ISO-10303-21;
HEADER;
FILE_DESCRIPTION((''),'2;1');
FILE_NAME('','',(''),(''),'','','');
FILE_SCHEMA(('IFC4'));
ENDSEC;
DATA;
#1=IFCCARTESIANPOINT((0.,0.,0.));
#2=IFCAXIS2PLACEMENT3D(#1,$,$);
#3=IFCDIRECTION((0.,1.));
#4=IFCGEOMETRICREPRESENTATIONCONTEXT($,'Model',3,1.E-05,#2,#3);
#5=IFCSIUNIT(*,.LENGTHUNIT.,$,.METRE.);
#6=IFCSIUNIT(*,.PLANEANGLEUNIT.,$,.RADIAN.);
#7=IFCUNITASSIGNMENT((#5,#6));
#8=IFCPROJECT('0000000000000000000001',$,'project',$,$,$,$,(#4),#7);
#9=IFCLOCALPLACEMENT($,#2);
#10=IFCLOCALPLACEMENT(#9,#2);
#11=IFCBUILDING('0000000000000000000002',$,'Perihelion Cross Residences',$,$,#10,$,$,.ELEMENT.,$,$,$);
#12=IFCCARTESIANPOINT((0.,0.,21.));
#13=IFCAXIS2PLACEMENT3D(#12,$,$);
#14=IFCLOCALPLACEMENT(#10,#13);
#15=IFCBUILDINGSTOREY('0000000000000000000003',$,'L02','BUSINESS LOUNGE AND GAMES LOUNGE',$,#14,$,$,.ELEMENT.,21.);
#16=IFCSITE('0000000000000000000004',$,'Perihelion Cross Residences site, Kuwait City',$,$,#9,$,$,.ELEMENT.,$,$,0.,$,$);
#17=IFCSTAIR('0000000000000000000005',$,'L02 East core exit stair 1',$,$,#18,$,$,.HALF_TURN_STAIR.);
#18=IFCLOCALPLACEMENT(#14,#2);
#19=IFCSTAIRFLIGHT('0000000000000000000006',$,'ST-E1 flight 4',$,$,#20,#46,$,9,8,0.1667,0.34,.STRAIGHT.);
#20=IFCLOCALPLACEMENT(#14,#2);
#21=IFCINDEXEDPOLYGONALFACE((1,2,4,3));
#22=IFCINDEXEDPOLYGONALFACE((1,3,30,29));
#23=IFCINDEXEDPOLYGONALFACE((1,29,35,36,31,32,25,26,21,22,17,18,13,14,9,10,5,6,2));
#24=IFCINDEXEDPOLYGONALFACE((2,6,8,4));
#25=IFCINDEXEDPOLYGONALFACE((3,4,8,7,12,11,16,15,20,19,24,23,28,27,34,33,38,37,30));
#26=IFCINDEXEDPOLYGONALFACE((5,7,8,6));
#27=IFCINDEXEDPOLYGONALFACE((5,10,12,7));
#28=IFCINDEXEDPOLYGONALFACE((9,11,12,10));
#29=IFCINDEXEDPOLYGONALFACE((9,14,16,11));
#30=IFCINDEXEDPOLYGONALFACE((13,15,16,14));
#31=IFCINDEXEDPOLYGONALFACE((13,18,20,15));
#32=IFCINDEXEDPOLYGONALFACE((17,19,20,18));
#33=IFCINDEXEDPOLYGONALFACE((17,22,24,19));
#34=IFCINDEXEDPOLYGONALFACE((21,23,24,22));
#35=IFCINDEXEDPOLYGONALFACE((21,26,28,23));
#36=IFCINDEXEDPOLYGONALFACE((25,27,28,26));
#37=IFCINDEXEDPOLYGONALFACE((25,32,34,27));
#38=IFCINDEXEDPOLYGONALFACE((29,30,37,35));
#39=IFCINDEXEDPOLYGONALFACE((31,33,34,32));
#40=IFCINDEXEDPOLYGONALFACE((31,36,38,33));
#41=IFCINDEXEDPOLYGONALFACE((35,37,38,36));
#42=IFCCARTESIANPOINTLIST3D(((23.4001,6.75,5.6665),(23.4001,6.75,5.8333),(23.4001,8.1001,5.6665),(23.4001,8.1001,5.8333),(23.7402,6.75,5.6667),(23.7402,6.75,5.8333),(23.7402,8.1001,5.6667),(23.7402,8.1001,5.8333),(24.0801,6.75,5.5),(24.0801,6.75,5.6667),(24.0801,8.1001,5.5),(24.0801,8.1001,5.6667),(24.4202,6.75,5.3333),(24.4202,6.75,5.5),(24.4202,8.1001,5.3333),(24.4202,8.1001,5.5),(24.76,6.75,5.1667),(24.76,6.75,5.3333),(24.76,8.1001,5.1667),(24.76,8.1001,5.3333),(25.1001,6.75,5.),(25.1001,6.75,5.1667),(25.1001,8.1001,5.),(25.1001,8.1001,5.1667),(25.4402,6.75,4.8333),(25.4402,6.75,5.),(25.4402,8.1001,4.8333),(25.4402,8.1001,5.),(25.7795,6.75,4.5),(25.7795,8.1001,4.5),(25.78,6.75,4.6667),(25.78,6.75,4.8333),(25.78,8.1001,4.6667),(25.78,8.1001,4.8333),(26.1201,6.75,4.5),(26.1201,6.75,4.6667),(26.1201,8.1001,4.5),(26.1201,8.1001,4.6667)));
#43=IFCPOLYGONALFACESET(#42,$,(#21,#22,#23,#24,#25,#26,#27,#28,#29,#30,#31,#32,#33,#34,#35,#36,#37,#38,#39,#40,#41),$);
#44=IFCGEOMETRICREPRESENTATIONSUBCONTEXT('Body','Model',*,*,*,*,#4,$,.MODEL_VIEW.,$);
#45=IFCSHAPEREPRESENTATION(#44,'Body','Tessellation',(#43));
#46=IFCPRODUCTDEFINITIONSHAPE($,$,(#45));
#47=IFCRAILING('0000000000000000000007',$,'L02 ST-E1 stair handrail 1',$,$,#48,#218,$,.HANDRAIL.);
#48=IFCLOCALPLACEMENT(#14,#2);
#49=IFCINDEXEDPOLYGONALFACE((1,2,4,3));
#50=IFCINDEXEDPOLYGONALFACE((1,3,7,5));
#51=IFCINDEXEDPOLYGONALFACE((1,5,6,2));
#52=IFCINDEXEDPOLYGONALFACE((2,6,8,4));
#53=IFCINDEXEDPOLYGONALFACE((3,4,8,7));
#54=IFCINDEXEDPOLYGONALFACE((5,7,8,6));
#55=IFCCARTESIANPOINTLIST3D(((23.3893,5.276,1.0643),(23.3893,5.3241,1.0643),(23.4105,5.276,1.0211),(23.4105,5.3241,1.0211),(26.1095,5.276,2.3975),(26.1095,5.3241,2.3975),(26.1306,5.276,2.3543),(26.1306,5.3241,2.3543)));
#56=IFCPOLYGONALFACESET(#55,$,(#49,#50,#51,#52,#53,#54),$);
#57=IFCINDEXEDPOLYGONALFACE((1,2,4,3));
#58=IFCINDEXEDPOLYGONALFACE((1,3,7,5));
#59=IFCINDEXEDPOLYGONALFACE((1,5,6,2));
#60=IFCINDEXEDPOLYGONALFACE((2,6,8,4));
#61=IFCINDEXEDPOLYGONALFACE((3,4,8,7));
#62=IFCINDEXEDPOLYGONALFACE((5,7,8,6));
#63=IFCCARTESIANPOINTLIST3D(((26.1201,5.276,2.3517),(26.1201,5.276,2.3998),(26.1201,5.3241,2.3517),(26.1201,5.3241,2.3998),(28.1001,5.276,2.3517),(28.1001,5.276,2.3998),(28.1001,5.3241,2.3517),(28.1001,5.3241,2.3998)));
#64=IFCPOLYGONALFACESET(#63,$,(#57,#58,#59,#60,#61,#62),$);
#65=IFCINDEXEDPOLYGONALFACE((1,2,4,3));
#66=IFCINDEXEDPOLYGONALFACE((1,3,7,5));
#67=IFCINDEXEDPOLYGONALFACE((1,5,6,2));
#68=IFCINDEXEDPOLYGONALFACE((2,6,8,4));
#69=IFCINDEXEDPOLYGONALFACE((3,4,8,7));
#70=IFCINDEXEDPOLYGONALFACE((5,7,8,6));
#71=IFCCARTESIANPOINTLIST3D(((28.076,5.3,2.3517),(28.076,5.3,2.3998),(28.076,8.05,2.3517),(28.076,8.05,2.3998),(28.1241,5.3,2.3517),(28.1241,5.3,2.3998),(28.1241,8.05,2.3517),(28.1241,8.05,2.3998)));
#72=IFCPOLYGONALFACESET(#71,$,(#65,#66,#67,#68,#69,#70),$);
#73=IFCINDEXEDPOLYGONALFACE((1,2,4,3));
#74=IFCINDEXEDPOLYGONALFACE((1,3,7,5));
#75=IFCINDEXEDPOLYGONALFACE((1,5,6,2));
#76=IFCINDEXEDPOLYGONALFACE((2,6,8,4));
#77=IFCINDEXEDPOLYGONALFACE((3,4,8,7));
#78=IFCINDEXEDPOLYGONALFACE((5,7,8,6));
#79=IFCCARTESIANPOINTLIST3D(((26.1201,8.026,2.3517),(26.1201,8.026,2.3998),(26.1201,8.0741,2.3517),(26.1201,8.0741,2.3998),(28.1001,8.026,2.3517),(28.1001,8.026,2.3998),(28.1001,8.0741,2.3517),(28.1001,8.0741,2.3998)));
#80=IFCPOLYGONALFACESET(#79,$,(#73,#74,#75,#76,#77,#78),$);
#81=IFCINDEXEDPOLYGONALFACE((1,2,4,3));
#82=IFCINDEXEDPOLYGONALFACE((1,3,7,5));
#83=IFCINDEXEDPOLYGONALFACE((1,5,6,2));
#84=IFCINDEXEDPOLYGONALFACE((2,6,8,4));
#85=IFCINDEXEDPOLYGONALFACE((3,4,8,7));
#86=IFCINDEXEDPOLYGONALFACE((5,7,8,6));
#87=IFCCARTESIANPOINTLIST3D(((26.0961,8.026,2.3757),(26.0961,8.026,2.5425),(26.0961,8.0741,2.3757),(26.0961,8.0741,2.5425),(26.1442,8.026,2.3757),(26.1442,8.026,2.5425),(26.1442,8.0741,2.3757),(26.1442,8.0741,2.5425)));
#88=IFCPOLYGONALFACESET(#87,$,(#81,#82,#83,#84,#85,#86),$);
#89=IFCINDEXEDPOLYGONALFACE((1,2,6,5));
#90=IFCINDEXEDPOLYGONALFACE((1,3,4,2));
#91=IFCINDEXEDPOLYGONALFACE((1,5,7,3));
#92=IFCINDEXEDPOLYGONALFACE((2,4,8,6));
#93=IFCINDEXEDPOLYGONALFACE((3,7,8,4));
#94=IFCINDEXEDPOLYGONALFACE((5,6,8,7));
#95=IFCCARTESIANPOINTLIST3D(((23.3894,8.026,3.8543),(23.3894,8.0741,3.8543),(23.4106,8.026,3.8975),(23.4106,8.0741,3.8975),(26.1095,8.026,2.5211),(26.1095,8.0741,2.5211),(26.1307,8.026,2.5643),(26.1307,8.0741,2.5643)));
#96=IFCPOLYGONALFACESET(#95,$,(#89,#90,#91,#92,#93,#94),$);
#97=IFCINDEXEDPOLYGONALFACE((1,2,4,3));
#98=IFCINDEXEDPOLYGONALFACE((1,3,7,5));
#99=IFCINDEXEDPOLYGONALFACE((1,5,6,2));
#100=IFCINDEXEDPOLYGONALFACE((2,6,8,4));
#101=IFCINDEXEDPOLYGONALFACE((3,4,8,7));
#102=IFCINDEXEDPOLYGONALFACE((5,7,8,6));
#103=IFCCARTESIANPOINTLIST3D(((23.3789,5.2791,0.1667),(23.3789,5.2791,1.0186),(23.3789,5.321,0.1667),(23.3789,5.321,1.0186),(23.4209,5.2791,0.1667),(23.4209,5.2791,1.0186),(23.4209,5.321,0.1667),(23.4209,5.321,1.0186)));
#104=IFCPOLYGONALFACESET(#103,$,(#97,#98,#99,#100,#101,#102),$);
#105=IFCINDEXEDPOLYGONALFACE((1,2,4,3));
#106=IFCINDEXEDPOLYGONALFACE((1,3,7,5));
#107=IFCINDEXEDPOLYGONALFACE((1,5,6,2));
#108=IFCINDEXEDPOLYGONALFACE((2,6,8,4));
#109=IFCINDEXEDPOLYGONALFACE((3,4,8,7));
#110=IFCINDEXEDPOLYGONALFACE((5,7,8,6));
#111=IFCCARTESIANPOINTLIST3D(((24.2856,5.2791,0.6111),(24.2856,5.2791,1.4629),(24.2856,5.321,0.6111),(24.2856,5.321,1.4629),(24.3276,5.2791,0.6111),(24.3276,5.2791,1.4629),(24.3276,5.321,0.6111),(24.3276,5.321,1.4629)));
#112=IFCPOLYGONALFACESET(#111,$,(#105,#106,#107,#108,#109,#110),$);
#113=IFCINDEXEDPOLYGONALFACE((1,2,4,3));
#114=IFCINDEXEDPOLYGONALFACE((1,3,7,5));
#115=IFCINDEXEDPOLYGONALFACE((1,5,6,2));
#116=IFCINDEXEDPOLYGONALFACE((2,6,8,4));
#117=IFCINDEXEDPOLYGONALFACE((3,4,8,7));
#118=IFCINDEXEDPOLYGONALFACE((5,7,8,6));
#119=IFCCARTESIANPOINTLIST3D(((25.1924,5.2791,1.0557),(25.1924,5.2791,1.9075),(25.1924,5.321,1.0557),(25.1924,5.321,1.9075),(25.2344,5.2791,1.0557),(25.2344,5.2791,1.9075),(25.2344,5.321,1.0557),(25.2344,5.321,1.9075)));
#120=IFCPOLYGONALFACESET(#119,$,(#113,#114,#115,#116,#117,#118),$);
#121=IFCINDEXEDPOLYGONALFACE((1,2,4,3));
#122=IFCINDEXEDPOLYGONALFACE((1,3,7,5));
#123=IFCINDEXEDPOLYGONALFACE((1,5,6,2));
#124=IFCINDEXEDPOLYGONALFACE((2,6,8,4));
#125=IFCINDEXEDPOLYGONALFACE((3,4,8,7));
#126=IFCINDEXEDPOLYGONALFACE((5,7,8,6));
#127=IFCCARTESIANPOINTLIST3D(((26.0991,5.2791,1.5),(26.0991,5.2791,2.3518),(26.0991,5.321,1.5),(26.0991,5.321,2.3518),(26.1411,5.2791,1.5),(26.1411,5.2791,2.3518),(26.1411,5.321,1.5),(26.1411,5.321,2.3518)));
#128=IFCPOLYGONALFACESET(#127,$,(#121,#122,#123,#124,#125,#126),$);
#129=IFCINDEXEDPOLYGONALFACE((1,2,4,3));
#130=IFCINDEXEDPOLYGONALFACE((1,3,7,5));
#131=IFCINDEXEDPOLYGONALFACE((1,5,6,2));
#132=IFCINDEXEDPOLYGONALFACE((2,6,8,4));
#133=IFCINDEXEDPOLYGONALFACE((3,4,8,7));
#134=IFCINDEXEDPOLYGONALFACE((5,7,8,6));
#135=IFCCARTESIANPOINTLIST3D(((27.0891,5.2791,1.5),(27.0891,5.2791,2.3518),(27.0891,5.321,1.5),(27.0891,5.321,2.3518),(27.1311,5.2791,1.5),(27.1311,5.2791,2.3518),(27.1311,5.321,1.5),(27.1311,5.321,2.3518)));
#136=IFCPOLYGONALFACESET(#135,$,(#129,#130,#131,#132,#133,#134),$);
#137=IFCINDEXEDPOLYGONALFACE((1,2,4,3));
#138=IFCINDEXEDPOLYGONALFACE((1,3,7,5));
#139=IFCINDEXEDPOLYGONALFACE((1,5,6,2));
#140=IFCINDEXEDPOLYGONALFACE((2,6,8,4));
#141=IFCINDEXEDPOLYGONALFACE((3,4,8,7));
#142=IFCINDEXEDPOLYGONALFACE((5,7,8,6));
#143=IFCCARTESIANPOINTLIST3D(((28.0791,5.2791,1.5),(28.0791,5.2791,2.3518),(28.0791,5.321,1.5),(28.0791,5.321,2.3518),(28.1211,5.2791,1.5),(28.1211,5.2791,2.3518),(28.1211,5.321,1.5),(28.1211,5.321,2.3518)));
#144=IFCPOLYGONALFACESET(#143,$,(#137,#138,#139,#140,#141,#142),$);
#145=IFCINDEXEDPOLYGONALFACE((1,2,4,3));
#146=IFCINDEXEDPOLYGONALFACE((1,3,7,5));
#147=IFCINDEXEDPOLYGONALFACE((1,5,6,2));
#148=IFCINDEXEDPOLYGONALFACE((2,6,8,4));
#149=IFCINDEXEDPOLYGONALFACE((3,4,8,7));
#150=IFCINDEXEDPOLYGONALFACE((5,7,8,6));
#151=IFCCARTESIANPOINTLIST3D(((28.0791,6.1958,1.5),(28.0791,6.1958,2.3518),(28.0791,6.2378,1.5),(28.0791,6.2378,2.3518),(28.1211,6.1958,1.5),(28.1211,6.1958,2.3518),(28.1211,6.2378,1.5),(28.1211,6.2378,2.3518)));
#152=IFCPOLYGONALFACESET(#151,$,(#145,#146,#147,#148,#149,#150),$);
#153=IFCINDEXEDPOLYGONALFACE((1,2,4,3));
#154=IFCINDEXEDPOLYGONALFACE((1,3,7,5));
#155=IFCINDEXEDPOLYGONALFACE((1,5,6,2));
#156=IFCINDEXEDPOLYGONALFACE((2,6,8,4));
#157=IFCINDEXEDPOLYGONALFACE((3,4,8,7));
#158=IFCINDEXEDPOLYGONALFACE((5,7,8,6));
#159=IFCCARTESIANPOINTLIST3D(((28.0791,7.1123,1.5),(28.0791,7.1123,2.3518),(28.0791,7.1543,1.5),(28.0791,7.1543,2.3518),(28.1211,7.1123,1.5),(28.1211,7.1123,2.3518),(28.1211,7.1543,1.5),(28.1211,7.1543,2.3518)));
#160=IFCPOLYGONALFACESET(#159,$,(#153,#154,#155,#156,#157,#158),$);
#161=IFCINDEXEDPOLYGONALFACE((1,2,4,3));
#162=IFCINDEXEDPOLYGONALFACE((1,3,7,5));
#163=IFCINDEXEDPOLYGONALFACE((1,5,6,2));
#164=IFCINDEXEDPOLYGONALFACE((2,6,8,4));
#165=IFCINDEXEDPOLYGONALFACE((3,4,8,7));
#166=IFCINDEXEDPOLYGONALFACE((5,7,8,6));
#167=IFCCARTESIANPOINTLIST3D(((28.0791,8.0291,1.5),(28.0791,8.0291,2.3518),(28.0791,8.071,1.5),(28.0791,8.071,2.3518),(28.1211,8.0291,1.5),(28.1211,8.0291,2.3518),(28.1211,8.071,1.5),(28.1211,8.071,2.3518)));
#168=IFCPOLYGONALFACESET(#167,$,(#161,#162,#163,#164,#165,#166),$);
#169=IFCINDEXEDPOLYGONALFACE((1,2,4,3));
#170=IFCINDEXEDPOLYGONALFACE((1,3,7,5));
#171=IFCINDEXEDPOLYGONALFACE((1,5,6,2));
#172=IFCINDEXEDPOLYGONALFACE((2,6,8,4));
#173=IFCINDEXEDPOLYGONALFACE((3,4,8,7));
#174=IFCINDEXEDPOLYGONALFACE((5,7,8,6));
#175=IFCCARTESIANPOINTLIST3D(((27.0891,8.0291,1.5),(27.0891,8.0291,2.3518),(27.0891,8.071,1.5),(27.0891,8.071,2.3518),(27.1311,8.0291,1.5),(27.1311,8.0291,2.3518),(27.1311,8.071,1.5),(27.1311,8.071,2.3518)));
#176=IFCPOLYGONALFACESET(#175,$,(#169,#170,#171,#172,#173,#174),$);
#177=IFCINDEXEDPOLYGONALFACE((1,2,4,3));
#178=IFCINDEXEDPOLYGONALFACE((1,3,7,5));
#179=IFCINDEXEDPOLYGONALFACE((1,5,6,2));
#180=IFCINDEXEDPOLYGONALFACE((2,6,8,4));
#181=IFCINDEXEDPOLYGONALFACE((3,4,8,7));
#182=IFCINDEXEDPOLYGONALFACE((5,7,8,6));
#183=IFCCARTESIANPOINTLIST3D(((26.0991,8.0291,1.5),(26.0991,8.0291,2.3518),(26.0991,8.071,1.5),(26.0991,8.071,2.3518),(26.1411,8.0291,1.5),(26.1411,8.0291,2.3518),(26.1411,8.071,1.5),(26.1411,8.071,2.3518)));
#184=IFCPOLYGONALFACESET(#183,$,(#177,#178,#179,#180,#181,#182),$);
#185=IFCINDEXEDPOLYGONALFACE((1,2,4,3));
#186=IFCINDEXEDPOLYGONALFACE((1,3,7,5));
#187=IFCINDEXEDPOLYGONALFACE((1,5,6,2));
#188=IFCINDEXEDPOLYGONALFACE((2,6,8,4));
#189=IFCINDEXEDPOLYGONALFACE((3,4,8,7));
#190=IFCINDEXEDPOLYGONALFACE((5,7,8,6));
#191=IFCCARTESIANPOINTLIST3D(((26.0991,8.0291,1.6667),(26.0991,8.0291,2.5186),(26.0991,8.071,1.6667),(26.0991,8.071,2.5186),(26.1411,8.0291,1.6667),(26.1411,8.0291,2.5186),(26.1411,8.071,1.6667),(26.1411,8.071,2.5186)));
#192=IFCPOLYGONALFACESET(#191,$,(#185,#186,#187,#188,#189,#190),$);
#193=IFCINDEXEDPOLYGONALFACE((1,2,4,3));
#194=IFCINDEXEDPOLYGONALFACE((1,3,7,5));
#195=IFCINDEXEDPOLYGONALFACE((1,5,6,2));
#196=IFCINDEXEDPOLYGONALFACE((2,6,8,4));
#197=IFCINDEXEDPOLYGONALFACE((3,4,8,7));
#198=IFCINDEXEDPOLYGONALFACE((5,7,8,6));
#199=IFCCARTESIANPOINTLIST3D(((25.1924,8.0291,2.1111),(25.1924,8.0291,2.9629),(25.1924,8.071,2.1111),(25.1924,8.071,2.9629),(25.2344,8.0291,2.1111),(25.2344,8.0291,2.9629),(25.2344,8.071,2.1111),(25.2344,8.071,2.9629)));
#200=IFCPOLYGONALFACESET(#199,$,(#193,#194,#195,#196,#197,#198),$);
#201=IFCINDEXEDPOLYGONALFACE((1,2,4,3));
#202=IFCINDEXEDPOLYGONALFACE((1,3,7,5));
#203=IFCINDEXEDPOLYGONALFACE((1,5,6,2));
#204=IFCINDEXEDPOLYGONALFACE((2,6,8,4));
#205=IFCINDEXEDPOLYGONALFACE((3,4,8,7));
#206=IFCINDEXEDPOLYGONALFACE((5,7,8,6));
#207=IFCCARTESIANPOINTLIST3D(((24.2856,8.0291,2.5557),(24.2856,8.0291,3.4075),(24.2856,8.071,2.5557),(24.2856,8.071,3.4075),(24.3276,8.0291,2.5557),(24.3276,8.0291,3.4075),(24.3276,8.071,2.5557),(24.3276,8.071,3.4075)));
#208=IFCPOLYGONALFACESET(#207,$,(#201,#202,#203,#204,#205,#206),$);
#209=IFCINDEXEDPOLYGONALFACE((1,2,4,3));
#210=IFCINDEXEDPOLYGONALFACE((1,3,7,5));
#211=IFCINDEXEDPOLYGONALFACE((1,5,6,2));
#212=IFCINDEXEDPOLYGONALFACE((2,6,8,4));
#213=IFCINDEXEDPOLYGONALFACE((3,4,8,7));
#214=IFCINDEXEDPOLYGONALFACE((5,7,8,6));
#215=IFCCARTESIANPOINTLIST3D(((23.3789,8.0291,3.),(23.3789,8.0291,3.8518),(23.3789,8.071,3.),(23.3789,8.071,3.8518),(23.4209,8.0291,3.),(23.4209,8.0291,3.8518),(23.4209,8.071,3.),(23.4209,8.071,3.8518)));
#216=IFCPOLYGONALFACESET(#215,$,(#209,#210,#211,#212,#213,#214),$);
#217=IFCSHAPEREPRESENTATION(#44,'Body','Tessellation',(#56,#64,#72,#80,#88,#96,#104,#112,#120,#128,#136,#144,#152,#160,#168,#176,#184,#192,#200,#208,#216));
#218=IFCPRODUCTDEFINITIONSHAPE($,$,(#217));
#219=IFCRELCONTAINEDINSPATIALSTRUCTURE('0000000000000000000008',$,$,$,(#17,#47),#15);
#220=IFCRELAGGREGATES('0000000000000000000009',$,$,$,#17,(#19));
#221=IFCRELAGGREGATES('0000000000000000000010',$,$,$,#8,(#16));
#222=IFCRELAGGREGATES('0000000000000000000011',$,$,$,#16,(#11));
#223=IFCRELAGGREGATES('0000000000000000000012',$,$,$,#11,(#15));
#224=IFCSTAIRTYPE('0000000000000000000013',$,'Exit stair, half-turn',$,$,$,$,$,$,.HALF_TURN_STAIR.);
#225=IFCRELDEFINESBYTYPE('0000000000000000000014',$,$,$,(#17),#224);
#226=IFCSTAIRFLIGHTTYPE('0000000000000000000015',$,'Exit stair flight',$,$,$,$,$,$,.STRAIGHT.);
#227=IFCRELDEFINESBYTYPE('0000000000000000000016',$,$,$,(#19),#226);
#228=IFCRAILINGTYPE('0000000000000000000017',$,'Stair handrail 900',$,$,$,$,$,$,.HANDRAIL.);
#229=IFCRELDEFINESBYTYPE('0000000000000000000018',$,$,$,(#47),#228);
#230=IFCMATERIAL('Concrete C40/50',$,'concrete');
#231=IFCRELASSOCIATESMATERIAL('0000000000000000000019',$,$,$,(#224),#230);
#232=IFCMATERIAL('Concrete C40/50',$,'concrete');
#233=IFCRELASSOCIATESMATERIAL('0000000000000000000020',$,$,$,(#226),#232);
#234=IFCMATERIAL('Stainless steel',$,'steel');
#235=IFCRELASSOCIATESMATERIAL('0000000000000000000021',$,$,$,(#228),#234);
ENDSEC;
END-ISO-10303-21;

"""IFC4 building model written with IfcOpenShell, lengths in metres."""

from ifc_helpers import new_model, si_unit, direction, frame, origin, origin_2d, place, context, subcontext, project, spatial, polyline, rectangle, outline, extrude, material, type_object, element, aggregate, save


model = new_model("IFC4")

# Units and contexts
model_context = context("Model", 3, precision=1e-05, world=origin(), true_north=direction((0.0, 1.0)))
body_context = subcontext(model_context, "Body", "Model", "MODEL_VIEW")
ifc_project = project(units=[si_unit("LENGTHUNIT", "METRE"), si_unit("PLANEANGLEUNIT", "RADIAN")], contexts=[model_context])

# Site, building, storey
site_placement = place(None, origin())
site = spatial("IfcSite", under=ifc_project, at=site_placement, Name="Perihelion Cross Residences site, Kuwait City", CompositionType="ELEMENT", RefElevation=0.0)
building_placement = place(site_placement, origin())
building = spatial("IfcBuilding", under=site, at=building_placement, Name="Perihelion Cross Residences", CompositionType="ELEMENT")
storey_placement = place(building_placement, frame((0.0, 0.0, 21.0)))
storey = spatial("IfcBuildingStorey", under=building, at=storey_placement, Name="L02", Description="BUSINESS LOUNGE AND GAMES LOUNGE", CompositionType="ELEMENT", Elevation=21.0)

# Stair, stair flight
ifc_material_1 = material(Name="Concrete C40/50", Category="concrete")
stair_type = type_object("IfcStairType", Name="Exit stair, half-turn", PredefinedType="HALF_TURN_STAIR", material=ifc_material_1)
stair_placement = place(storey_placement, origin())
stair = element("IfcStair", 1, at=stair_placement, inside=storey, type_object=stair_type, Name="L02 East core exit stair 1", PredefinedType="HALF_TURN_STAIR")
ifc_material_2 = material(Name="Concrete C40/50", Category="concrete")
stair_flight_type = type_object("IfcStairFlightType", Name="Exit stair flight", PredefinedType="STRAIGHT", material=ifc_material_2)
stair_flight_1_placement = place(storey_placement, frame((26.1201, 7.425, 4.5), z_axis=(0.0, 0.0, 1.0), x_axis=(-1.0, 0.0, 0.0)))
stair_flight_1 = element("IfcStairFlight", 2, at=stair_flight_1_placement, type_object=stair_flight_type, Name="ST-E1 flight 4", NumberOfRisers=9, NumberOfTreads=8, PredefinedType="STRAIGHT", RiserHeight=0.1667, TreadLength=0.34, context=body_context, shape_type="SweptSolid", body=[
    extrude(outline(polyline([(0.0, 0.0), (0.0, 0.1667), (0.3401, 0.1667), (0.3401, 0.3333), (0.6799, 0.3333), (0.6799, 0.5), (1.02, 0.5), (1.02, 0.6667), (1.3601, 0.6667), (1.3601, 0.8333), (1.7, 0.8333), (1.7, 1.0), (2.04, 1.0), (2.04, 1.1667), (2.3799, 1.1667), (2.3799, 1.3333), (2.72, 1.3333), (2.72, 1.5), (2.72, 1.1665), (0.3406, 0.0), (0.0, 0.0)])), frame((0.0, 0.675, 0.0), z_axis=(0.0, -1.0, 0.0), x_axis=(1.0, 0.0, 0.0)), (0.0, 0.0, 1.0), 1.3501),
])
aggregate(stair, [stair_flight_1])

# Railing
ifc_material_3 = material(Name="Stainless steel", Category="steel")
railing_type_1 = type_object("IfcRailingType", Name="Stair handrail 900", PredefinedType="HANDRAIL", material=ifc_material_3)
railing_1_placement = place(storey_placement, frame((23.3999, 5.3, 0.1667)))
element("IfcRailing", 3, at=railing_1_placement, inside=storey, type_object=railing_type_1, Name="L02 ST-E1 stair handrail 1", PredefinedType="HANDRAIL", context=body_context, shape_type="SweptSolid", body=[
    extrude(rectangle(XDim=0.0481, YDim=0.0481, at=origin_2d()), frame((0.0, 0.0, 0.876), z_axis=(0.897945, 0.0, 0.440108), x_axis=(0.0, 1.0, 0.0)), (0.0, 0.0, 1.0), 3.0293),
    extrude(rectangle(XDim=0.0481, YDim=0.0481, at=origin_2d()), frame((2.7202, 0.0, 2.209), z_axis=(1.0, 0.0, 0.0), x_axis=(0.0, 1.0, 0.0)), (0.0, 0.0, 1.0), 1.98),
    extrude(rectangle(XDim=0.0481, YDim=0.0481, at=origin_2d()), frame((4.7002, 0.0, 2.209), z_axis=(0.0, 1.0, 0.0), x_axis=(-1.0, 0.0, 0.0)), (0.0, 0.0, 1.0), 2.75),
    extrude(rectangle(XDim=0.0481, YDim=0.0481, at=origin_2d()), frame((4.7002, 2.75, 2.209), z_axis=(-1.0, 0.0, 0.0), x_axis=(0.0, -1.0, 0.0)), (0.0, 0.0, 1.0), 1.98),
    extrude(rectangle(XDim=0.0481, YDim=0.0481, at=origin_2d()), frame((2.7202, 2.75, 2.209), z_axis=(0.0, 0.0, 1.0), x_axis=(1.0, 0.0, 0.0)), (0.0, 0.0, 1.0), 0.1667),
    extrude(rectangle(XDim=0.0481, YDim=0.0481, at=origin_2d()), frame((2.7202, 2.75, 2.376), z_axis=(-0.897945, 0.0, 0.440108), x_axis=(0.0, -1.0, 0.0)), (0.0, 0.0, 1.0), 3.0293),
    extrude(rectangle(XDim=0.042, YDim=0.042, at=origin_2d()), origin(), (0.0, 0.0, 1.0), 0.8518),
    extrude(rectangle(XDim=0.042, YDim=0.042, at=origin_2d()), frame((0.9067, 0.0, 0.4443)), (0.0, 0.0, 1.0), 0.8518),
    extrude(rectangle(XDim=0.042, YDim=0.042, at=origin_2d()), frame((1.8135, 0.0, 0.8889)), (0.0, 0.0, 1.0), 0.8518),
    extrude(rectangle(XDim=0.042, YDim=0.042, at=origin_2d()), frame((2.7202, 0.0, 1.3333)), (0.0, 0.0, 1.0), 0.8518),
    extrude(rectangle(XDim=0.042, YDim=0.042, at=origin_2d()), frame((3.7102, 0.0, 1.3333)), (0.0, 0.0, 1.0), 0.8518),
    extrude(rectangle(XDim=0.042, YDim=0.042, at=origin_2d()), frame((4.7002, 0.0, 1.3333)), (0.0, 0.0, 1.0), 0.8518),
    extrude(rectangle(XDim=0.042, YDim=0.042, at=origin_2d()), frame((4.7002, 0.9167, 1.3333)), (0.0, 0.0, 1.0), 0.8518),
    extrude(rectangle(XDim=0.042, YDim=0.042, at=origin_2d()), frame((4.7002, 1.8333, 1.3333)), (0.0, 0.0, 1.0), 0.8518),
    extrude(rectangle(XDim=0.042, YDim=0.042, at=origin_2d()), frame((4.7002, 2.75, 1.3333)), (0.0, 0.0, 1.0), 0.8518),
    extrude(rectangle(XDim=0.042, YDim=0.042, at=origin_2d()), frame((3.7102, 2.75, 1.3333)), (0.0, 0.0, 1.0), 0.8518),
    extrude(rectangle(XDim=0.042, YDim=0.042, at=origin_2d()), frame((2.7202, 2.75, 1.3333)), (0.0, 0.0, 1.0), 0.8518),
    extrude(rectangle(XDim=0.042, YDim=0.042, at=origin_2d()), frame((2.7202, 2.75, 1.5)), (0.0, 0.0, 1.0), 0.8518),
    extrude(rectangle(XDim=0.042, YDim=0.042, at=origin_2d()), frame((1.8135, 2.75, 1.9443)), (0.0, 0.0, 1.0), 0.8518),
    extrude(rectangle(XDim=0.042, YDim=0.042, at=origin_2d()), frame((0.9067, 2.75, 2.3889)), (0.0, 0.0, 1.0), 0.8518),
    extrude(rectangle(XDim=0.042, YDim=0.042, at=origin_2d()), frame((0.0, 2.75, 2.8333)), (0.0, 0.0, 1.0), 0.8518),
])

save(model, "model.ifc")
